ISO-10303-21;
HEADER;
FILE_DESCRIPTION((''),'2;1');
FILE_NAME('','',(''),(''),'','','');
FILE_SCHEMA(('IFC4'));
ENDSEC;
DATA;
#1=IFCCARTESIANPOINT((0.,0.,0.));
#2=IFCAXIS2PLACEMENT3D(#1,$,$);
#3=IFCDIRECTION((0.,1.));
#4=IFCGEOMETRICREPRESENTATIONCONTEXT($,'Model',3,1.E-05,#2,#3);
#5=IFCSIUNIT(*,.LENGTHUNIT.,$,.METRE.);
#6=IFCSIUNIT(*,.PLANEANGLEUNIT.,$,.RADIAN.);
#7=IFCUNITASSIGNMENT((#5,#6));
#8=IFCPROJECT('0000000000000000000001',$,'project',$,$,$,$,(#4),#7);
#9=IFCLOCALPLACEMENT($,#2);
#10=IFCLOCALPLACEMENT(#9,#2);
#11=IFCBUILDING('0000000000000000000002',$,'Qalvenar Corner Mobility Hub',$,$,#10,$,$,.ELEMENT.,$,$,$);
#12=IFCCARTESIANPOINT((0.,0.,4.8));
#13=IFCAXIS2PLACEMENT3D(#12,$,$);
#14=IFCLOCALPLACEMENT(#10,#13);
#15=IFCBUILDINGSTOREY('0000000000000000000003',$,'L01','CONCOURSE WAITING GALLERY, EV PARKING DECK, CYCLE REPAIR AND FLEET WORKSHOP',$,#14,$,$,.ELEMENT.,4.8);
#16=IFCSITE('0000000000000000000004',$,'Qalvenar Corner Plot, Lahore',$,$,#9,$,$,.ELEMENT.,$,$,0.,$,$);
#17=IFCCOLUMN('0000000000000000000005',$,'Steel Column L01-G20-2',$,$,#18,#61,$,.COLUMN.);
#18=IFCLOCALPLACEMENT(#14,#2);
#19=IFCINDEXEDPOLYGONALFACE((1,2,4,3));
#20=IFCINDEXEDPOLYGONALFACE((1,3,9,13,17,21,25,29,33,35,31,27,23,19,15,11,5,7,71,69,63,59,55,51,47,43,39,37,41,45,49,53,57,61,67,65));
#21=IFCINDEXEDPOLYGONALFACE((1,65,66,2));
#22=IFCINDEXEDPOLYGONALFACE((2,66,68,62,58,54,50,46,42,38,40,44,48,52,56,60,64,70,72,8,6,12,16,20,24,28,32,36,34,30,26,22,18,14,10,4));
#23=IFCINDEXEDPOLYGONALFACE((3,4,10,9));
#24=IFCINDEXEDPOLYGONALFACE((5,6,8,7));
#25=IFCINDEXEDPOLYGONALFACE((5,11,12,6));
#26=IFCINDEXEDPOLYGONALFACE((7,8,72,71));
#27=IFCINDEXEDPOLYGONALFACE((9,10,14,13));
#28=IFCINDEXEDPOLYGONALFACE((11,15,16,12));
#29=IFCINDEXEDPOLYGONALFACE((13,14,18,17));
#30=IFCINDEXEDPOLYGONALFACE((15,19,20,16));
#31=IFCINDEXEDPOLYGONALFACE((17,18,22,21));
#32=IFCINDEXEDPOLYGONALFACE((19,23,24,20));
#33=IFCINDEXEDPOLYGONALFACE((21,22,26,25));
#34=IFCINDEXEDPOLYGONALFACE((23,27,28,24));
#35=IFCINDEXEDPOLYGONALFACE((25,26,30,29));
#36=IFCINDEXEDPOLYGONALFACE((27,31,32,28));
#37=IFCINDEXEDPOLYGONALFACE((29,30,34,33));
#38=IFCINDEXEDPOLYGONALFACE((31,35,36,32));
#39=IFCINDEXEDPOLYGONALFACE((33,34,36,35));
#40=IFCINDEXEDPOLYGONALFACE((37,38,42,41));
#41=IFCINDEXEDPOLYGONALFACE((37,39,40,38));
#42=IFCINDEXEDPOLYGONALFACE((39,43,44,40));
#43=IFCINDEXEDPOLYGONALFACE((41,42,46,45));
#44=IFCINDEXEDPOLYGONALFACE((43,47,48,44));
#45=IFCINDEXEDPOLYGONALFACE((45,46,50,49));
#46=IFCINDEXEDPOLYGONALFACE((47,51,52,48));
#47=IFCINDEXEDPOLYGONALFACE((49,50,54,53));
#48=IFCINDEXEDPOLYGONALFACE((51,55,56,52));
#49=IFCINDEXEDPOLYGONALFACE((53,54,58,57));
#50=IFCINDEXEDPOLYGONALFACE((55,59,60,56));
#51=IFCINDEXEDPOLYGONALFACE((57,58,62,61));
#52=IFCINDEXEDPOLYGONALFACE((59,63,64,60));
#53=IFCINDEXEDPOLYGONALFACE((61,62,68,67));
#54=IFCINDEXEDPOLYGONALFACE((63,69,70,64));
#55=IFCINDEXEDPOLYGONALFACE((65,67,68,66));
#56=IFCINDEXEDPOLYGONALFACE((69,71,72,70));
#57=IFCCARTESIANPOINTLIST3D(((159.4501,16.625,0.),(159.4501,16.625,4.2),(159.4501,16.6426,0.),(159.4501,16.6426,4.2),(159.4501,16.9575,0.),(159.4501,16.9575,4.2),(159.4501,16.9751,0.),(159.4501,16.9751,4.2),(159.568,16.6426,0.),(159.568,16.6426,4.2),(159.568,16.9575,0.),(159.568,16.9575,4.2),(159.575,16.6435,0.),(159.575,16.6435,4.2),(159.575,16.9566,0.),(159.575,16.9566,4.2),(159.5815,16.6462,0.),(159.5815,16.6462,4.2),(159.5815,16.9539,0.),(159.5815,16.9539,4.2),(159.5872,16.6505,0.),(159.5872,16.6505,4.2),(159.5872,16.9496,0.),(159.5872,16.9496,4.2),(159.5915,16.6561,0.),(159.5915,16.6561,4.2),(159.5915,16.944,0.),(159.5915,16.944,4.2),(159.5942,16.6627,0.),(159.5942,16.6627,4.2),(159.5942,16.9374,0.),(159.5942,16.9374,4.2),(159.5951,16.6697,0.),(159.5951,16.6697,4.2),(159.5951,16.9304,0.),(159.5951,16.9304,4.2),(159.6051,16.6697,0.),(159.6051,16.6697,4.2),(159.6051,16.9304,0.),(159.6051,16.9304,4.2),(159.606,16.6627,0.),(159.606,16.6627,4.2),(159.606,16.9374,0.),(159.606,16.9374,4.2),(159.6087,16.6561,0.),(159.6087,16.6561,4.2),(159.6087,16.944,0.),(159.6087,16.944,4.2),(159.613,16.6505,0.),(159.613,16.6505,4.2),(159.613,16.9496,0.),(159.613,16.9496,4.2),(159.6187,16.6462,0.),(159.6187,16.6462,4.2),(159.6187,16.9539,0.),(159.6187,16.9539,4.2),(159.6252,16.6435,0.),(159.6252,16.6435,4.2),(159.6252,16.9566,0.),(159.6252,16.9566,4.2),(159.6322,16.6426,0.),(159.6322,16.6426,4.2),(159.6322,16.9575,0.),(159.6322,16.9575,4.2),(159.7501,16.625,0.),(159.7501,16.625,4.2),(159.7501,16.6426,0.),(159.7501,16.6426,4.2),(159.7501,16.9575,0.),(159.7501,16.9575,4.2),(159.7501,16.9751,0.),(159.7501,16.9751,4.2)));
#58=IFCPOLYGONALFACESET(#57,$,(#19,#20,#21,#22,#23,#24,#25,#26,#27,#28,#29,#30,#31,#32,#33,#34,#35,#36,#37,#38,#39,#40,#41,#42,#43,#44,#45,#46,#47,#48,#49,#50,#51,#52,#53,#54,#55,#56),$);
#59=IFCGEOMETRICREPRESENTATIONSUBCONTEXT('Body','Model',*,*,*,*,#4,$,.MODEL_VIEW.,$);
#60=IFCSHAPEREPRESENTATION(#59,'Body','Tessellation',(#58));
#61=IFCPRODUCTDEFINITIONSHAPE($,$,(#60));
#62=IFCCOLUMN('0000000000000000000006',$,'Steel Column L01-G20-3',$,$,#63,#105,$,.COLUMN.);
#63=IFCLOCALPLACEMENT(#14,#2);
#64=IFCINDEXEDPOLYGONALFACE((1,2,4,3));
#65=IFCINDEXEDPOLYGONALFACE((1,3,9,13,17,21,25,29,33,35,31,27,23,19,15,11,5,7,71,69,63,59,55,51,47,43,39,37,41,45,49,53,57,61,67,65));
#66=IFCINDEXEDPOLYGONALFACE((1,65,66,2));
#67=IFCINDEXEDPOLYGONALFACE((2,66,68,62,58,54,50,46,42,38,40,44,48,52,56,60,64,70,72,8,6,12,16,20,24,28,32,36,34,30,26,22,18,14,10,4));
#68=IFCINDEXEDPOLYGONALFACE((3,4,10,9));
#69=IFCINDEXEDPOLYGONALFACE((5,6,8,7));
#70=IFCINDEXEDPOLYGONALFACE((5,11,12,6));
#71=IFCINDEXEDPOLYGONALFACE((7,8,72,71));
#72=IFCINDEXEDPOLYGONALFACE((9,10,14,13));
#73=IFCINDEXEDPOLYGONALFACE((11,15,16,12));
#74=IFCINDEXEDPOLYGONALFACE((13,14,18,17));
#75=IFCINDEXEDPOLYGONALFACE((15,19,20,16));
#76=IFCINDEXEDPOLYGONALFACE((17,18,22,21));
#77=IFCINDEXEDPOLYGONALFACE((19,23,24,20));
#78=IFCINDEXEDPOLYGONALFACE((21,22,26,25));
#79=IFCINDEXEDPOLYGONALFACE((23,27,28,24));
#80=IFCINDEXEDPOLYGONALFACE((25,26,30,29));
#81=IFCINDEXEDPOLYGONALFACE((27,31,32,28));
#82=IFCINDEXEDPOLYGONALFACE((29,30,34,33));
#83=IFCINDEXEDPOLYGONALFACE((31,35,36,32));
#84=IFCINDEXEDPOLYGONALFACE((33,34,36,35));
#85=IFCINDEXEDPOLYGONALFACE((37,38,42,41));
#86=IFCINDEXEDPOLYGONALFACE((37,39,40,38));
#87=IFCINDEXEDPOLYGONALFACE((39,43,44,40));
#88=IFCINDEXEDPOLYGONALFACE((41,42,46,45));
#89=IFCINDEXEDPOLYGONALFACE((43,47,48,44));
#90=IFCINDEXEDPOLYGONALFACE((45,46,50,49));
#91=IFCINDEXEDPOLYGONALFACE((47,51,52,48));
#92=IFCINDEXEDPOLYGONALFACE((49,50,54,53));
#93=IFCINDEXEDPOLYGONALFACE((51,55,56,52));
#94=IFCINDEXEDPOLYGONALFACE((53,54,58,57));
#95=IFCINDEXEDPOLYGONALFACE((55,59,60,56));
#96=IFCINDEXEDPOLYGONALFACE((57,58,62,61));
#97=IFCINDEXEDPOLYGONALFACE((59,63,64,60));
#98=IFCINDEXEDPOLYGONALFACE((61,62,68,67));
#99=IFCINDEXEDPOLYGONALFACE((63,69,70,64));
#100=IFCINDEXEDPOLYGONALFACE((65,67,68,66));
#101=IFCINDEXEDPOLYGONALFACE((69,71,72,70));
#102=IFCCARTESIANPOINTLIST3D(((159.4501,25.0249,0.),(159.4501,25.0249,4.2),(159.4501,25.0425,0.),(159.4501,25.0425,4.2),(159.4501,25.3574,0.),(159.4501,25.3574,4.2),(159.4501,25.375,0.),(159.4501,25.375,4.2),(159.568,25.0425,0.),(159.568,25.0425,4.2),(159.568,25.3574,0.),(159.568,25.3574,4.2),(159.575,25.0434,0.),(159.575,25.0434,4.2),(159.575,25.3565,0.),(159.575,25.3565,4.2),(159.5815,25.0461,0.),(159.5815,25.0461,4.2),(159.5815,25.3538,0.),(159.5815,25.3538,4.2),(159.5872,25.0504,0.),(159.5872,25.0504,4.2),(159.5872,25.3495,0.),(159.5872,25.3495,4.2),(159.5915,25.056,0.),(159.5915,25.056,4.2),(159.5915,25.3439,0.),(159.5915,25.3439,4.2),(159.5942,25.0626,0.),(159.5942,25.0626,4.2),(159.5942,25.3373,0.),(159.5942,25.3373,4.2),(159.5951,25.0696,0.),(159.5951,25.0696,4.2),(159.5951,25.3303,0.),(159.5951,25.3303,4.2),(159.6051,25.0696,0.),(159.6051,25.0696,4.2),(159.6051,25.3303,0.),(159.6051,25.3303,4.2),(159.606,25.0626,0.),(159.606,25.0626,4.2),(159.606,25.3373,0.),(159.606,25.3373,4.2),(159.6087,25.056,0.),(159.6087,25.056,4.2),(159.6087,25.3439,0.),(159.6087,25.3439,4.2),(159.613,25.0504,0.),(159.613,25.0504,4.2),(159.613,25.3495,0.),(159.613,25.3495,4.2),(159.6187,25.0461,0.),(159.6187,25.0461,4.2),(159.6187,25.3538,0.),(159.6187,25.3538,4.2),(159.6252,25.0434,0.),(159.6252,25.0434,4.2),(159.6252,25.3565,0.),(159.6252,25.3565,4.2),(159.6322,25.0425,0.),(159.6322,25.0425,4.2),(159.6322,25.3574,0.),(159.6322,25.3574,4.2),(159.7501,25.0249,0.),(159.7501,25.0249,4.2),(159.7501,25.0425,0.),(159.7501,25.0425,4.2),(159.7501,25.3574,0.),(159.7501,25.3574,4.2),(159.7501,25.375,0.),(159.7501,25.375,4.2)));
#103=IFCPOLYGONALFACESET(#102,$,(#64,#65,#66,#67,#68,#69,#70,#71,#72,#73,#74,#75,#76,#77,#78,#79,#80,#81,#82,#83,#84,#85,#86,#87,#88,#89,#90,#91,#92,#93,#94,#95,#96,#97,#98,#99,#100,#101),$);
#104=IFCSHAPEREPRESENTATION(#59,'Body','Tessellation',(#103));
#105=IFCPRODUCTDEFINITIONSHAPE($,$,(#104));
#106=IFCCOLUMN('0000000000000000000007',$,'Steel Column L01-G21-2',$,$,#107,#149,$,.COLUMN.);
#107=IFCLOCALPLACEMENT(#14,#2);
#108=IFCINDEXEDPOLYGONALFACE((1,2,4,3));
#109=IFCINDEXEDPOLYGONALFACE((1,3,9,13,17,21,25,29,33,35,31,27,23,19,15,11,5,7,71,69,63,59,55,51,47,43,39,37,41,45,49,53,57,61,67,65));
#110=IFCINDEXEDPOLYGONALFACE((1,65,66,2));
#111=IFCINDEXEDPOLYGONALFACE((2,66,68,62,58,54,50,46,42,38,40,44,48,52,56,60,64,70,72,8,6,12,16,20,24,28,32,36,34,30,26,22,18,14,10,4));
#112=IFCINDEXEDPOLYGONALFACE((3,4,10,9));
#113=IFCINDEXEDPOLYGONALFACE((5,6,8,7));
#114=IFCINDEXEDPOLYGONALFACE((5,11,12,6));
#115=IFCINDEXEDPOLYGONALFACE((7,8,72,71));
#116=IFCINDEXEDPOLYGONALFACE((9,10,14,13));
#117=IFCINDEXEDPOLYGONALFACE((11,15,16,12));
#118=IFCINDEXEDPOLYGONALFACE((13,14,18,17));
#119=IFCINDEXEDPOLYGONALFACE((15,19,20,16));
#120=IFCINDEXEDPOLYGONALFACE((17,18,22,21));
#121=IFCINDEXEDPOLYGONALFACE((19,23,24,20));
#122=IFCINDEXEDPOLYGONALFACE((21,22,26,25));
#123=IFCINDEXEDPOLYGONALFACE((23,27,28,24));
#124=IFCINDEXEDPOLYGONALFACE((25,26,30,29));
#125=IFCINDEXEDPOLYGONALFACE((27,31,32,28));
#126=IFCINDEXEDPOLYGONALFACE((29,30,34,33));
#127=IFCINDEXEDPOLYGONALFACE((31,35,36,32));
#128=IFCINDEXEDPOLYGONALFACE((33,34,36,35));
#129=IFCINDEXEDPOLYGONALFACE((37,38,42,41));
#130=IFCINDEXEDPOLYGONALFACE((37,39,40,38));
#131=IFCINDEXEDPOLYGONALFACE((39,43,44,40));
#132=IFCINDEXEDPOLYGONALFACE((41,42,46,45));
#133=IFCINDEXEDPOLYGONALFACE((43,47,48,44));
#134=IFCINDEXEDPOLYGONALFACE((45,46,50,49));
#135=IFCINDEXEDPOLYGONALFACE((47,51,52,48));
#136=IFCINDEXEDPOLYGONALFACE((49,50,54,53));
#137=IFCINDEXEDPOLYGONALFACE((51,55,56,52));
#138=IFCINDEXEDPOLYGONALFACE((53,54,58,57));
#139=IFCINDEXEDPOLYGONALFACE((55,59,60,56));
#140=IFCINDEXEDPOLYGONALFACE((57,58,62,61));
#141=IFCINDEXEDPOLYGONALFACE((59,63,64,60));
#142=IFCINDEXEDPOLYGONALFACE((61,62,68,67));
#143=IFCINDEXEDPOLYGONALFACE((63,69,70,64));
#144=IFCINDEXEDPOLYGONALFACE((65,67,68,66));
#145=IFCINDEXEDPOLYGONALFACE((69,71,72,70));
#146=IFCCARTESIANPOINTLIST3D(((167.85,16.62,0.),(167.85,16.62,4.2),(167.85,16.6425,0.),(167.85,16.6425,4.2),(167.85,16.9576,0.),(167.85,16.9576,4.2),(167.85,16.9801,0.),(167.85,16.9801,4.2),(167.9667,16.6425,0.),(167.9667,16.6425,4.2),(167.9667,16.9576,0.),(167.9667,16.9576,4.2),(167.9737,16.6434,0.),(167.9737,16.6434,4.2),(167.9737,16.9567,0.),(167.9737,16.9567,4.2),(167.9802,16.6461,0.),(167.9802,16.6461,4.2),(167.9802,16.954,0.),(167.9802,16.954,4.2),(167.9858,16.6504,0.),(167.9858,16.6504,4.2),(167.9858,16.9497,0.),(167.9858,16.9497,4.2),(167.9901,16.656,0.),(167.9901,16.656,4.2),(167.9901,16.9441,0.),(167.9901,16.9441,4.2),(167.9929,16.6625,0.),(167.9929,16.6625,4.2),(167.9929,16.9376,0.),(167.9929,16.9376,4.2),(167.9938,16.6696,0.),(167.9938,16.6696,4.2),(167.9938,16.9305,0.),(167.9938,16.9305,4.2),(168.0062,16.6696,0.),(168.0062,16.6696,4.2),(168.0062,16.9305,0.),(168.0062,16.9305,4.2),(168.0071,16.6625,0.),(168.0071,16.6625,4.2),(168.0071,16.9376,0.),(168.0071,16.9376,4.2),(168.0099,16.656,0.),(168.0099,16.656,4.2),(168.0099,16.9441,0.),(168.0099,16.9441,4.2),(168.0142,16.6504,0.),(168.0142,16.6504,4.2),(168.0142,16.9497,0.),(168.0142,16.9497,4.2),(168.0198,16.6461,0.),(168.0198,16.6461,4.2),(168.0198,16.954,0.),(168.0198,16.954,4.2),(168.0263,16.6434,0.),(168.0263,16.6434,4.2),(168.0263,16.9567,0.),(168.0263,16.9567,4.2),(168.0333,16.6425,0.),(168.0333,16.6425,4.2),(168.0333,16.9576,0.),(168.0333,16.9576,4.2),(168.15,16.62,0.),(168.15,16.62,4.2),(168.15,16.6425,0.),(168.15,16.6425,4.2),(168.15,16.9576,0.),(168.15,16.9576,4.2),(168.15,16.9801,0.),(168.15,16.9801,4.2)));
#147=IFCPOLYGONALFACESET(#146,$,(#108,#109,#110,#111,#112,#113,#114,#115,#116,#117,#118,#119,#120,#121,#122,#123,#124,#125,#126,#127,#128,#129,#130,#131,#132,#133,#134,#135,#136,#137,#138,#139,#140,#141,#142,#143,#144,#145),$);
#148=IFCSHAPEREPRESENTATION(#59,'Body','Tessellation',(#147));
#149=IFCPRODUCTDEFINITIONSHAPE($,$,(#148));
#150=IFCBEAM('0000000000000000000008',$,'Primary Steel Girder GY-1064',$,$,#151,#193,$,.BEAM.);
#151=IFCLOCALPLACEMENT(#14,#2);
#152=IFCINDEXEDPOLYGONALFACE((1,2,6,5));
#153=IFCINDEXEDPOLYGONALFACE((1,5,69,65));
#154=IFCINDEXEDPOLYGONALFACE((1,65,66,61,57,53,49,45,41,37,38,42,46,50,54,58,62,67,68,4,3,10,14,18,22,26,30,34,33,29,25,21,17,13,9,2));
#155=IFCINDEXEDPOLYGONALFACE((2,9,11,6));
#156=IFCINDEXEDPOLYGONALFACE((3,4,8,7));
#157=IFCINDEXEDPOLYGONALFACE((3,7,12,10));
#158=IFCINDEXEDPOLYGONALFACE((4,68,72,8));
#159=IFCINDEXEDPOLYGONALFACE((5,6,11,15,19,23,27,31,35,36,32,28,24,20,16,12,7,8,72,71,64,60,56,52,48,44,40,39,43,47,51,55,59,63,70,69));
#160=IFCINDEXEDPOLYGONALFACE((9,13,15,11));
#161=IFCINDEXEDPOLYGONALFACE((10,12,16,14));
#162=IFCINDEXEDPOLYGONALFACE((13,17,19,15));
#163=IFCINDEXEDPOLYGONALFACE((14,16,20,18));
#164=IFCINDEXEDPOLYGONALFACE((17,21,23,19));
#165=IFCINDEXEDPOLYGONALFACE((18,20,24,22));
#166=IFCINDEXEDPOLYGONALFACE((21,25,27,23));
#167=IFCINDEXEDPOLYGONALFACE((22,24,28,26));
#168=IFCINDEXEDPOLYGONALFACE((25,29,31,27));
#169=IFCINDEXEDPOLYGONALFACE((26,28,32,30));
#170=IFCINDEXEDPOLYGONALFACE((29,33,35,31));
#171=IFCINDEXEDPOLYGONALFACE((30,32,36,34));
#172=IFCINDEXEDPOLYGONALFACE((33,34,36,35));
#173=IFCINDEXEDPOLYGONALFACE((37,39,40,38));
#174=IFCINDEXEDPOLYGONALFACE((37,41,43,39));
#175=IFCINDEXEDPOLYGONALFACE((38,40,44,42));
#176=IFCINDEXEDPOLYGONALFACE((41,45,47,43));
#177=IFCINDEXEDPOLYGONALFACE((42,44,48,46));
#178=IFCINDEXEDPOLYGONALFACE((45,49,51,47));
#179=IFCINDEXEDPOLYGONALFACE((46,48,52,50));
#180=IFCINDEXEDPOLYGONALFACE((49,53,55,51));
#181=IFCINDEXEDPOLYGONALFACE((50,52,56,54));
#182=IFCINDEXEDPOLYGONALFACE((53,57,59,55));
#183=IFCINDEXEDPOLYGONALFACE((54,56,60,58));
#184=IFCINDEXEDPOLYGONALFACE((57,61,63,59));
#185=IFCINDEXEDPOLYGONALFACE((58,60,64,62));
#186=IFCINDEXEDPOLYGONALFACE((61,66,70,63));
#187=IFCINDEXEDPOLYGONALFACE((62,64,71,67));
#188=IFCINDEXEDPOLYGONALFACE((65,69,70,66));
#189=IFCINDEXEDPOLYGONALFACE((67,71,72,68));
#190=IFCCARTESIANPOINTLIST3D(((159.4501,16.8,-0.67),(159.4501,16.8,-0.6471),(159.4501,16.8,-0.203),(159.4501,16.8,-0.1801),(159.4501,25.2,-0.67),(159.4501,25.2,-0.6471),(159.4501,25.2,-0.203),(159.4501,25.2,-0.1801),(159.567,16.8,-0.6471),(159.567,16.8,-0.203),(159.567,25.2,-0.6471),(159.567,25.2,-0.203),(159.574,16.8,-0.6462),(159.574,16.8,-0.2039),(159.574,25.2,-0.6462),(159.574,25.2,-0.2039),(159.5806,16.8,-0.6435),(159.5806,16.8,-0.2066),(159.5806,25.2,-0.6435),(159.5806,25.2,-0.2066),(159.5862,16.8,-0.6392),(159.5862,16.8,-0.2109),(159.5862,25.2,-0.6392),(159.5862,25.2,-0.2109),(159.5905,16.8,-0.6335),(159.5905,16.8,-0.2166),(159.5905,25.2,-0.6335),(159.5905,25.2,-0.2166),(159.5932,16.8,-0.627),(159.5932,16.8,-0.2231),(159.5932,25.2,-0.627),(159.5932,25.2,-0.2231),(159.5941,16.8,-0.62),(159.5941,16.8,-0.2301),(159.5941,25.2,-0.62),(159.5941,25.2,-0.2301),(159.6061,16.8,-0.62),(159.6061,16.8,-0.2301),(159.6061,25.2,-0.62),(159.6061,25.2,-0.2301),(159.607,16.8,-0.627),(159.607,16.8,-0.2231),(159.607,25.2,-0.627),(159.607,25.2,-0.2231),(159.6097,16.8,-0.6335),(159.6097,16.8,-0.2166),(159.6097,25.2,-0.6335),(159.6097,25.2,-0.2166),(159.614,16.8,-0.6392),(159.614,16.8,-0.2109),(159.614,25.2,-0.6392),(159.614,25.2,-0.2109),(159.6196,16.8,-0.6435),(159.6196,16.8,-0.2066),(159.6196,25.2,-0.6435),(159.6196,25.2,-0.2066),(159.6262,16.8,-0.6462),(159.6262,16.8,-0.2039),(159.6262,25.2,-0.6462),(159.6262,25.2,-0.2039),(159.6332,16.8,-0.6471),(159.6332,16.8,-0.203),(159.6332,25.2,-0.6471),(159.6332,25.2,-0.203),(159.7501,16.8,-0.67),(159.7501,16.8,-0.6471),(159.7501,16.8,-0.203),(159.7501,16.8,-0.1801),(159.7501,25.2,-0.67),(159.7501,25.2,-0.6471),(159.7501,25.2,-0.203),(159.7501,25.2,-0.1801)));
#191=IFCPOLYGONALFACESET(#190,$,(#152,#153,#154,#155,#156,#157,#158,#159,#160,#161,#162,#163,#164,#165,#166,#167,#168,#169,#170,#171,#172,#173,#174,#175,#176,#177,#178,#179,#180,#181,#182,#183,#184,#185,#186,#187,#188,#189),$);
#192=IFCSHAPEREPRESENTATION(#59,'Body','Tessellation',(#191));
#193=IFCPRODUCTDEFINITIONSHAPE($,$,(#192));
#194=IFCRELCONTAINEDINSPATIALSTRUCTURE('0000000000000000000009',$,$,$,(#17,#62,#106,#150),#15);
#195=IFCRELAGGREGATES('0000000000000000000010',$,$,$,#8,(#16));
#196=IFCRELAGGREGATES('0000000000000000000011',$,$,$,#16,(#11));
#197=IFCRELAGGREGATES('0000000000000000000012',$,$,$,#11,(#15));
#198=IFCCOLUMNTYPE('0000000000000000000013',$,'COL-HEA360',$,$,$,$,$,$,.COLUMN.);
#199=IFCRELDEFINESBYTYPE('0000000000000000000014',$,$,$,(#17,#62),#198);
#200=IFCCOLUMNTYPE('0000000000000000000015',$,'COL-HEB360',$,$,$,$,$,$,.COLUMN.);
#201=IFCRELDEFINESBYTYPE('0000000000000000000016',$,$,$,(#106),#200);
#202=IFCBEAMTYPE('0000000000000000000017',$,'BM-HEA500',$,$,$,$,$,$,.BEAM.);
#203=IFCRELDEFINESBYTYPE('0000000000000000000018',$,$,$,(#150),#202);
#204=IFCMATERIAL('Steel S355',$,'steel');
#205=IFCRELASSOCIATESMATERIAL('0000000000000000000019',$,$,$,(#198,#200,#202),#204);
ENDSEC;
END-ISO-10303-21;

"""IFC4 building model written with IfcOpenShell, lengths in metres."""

from ifc_helpers import new_model, si_unit, direction, frame, origin, origin_2d, place, context, subcontext, project, spatial, i_section, extrude, material, material_profile, profile_set, type_object, element, save


model = new_model("IFC4")

# Units and contexts
model_context = context("Model", 3, precision=1e-05, world=origin(), true_north=direction((0.0, 1.0)))
body_context = subcontext(model_context, "Body", "Model", "MODEL_VIEW")
ifc_project = project(units=[si_unit("LENGTHUNIT", "METRE"), si_unit("PLANEANGLEUNIT", "RADIAN")], contexts=[model_context])

# Site, building, storey
site_placement = place(None, origin())
site = spatial("IfcSite", under=ifc_project, at=site_placement, Name="Qalvenar Corner Plot, Lahore", CompositionType="ELEMENT", RefElevation=0.0)
building_placement = place(site_placement, origin())
building = spatial("IfcBuilding", under=site, at=building_placement, Name="Qalvenar Corner Mobility Hub", CompositionType="ELEMENT")
storey_placement = place(building_placement, frame((0.0, 0.0, 4.8)))
storey = spatial("IfcBuildingStorey", under=building, at=storey_placement, Name="L01", Description="CONCOURSE WAITING GALLERY, EV PARKING DECK, CYCLE REPAIR AND FLEET WORKSHOP", CompositionType="ELEMENT", Elevation=4.8)

# Columns
ifc_material_1 = material(Name="Steel S355", Category="steel")
ifc_material_profile_1 = material_profile(ifc_material_1, i_section(OverallWidth=0.3, OverallDepth=0.3501, WebThickness=0.01, FlangeThickness=0.0176, FilletRadius=0.0271, at=origin_2d()), Name="HEA360")
ifc_profile_set_1 = profile_set([ifc_material_profile_1], Name="Steel S355")
column_type_1 = type_object("IfcColumnType", Name="COL-HEA360", PredefinedType="COLUMN", material=ifc_profile_set_1)
for number, where, z_axis, x_axis, name in (
    (1, (159.6001, 16.8, 0.0), (0.0, 0.0, 1.0), (1.0, 0.0, 0.0), "Steel Column L01-G20-2"),
    (2, (159.6001, 25.2, 0.0), (0.0, 0.0, 1.0), (1.0, 0.0, 0.0), "Steel Column L01-G20-3"),
):
    element("IfcColumn", number, at=place(storey_placement, frame(where, z_axis=z_axis, x_axis=x_axis)), inside=storey, type_object=column_type_1, Name=name, PredefinedType="COLUMN", context=body_context, shape_type="SweptSolid", body=[
        extrude(i_section(OverallWidth=0.3, OverallDepth=0.3501, WebThickness=0.01, FlangeThickness=0.0176, FilletRadius=0.0271, at=origin_2d()), origin(), (0.0, 0.0, 1.0), 4.2),
    ])
ifc_material_profile_2 = material_profile(ifc_material_1, i_section(OverallWidth=0.3, OverallDepth=0.3601, WebThickness=0.0125, FlangeThickness=0.0225, FilletRadius=0.0271, at=origin_2d()), Name="HEB360")
ifc_profile_set_2 = profile_set([ifc_material_profile_2], Name="Steel S355")
column_type_2 = type_object("IfcColumnType", Name="COL-HEB360", PredefinedType="COLUMN", material=ifc_profile_set_2)
column_placement = place(storey_placement, frame((168.0, 16.8, 0.0), z_axis=(0.0, 0.0, 1.0), x_axis=(1.0, 0.0, 0.0)))
element("IfcColumn", 3, at=column_placement, inside=storey, type_object=column_type_2, Name="Steel Column L01-G21-2", PredefinedType="COLUMN", context=body_context, shape_type="SweptSolid", body=[
    extrude(i_section(OverallWidth=0.3, OverallDepth=0.3601, WebThickness=0.0125, FlangeThickness=0.0225, FilletRadius=0.0271, at=origin_2d()), origin(), (0.0, 0.0, 1.0), 4.2),
])

# Beam
ifc_material_profile_3 = material_profile(ifc_material_1, i_section(OverallWidth=0.3, OverallDepth=0.49, WebThickness=0.012, FlangeThickness=0.0229, FilletRadius=0.0271, at=origin_2d()), Name="HEA500")
ifc_profile_set_3 = profile_set([ifc_material_profile_3], Name="Steel S355")
beam_type_1 = type_object("IfcBeamType", Name="BM-HEA500", PredefinedType="BEAM", material=ifc_profile_set_3)
beam_1_placement = place(storey_placement, frame((159.6001, 16.8, -0.425), z_axis=(0.0, 1.0, 0.0), x_axis=(-1.0, 0.0, 0.0)))
element("IfcBeam", 4, at=beam_1_placement, inside=storey, type_object=beam_type_1, Name="Primary Steel Girder GY-1064", PredefinedType="BEAM", context=body_context, shape_type="SweptSolid", body=[
    extrude(i_section(OverallWidth=0.3, OverallDepth=0.49, WebThickness=0.012, FlangeThickness=0.0229, FilletRadius=0.0271, at=origin_2d()), origin(), (0.0, 0.0, 1.0), 8.3999),
])

save(model, "model.ifc")
